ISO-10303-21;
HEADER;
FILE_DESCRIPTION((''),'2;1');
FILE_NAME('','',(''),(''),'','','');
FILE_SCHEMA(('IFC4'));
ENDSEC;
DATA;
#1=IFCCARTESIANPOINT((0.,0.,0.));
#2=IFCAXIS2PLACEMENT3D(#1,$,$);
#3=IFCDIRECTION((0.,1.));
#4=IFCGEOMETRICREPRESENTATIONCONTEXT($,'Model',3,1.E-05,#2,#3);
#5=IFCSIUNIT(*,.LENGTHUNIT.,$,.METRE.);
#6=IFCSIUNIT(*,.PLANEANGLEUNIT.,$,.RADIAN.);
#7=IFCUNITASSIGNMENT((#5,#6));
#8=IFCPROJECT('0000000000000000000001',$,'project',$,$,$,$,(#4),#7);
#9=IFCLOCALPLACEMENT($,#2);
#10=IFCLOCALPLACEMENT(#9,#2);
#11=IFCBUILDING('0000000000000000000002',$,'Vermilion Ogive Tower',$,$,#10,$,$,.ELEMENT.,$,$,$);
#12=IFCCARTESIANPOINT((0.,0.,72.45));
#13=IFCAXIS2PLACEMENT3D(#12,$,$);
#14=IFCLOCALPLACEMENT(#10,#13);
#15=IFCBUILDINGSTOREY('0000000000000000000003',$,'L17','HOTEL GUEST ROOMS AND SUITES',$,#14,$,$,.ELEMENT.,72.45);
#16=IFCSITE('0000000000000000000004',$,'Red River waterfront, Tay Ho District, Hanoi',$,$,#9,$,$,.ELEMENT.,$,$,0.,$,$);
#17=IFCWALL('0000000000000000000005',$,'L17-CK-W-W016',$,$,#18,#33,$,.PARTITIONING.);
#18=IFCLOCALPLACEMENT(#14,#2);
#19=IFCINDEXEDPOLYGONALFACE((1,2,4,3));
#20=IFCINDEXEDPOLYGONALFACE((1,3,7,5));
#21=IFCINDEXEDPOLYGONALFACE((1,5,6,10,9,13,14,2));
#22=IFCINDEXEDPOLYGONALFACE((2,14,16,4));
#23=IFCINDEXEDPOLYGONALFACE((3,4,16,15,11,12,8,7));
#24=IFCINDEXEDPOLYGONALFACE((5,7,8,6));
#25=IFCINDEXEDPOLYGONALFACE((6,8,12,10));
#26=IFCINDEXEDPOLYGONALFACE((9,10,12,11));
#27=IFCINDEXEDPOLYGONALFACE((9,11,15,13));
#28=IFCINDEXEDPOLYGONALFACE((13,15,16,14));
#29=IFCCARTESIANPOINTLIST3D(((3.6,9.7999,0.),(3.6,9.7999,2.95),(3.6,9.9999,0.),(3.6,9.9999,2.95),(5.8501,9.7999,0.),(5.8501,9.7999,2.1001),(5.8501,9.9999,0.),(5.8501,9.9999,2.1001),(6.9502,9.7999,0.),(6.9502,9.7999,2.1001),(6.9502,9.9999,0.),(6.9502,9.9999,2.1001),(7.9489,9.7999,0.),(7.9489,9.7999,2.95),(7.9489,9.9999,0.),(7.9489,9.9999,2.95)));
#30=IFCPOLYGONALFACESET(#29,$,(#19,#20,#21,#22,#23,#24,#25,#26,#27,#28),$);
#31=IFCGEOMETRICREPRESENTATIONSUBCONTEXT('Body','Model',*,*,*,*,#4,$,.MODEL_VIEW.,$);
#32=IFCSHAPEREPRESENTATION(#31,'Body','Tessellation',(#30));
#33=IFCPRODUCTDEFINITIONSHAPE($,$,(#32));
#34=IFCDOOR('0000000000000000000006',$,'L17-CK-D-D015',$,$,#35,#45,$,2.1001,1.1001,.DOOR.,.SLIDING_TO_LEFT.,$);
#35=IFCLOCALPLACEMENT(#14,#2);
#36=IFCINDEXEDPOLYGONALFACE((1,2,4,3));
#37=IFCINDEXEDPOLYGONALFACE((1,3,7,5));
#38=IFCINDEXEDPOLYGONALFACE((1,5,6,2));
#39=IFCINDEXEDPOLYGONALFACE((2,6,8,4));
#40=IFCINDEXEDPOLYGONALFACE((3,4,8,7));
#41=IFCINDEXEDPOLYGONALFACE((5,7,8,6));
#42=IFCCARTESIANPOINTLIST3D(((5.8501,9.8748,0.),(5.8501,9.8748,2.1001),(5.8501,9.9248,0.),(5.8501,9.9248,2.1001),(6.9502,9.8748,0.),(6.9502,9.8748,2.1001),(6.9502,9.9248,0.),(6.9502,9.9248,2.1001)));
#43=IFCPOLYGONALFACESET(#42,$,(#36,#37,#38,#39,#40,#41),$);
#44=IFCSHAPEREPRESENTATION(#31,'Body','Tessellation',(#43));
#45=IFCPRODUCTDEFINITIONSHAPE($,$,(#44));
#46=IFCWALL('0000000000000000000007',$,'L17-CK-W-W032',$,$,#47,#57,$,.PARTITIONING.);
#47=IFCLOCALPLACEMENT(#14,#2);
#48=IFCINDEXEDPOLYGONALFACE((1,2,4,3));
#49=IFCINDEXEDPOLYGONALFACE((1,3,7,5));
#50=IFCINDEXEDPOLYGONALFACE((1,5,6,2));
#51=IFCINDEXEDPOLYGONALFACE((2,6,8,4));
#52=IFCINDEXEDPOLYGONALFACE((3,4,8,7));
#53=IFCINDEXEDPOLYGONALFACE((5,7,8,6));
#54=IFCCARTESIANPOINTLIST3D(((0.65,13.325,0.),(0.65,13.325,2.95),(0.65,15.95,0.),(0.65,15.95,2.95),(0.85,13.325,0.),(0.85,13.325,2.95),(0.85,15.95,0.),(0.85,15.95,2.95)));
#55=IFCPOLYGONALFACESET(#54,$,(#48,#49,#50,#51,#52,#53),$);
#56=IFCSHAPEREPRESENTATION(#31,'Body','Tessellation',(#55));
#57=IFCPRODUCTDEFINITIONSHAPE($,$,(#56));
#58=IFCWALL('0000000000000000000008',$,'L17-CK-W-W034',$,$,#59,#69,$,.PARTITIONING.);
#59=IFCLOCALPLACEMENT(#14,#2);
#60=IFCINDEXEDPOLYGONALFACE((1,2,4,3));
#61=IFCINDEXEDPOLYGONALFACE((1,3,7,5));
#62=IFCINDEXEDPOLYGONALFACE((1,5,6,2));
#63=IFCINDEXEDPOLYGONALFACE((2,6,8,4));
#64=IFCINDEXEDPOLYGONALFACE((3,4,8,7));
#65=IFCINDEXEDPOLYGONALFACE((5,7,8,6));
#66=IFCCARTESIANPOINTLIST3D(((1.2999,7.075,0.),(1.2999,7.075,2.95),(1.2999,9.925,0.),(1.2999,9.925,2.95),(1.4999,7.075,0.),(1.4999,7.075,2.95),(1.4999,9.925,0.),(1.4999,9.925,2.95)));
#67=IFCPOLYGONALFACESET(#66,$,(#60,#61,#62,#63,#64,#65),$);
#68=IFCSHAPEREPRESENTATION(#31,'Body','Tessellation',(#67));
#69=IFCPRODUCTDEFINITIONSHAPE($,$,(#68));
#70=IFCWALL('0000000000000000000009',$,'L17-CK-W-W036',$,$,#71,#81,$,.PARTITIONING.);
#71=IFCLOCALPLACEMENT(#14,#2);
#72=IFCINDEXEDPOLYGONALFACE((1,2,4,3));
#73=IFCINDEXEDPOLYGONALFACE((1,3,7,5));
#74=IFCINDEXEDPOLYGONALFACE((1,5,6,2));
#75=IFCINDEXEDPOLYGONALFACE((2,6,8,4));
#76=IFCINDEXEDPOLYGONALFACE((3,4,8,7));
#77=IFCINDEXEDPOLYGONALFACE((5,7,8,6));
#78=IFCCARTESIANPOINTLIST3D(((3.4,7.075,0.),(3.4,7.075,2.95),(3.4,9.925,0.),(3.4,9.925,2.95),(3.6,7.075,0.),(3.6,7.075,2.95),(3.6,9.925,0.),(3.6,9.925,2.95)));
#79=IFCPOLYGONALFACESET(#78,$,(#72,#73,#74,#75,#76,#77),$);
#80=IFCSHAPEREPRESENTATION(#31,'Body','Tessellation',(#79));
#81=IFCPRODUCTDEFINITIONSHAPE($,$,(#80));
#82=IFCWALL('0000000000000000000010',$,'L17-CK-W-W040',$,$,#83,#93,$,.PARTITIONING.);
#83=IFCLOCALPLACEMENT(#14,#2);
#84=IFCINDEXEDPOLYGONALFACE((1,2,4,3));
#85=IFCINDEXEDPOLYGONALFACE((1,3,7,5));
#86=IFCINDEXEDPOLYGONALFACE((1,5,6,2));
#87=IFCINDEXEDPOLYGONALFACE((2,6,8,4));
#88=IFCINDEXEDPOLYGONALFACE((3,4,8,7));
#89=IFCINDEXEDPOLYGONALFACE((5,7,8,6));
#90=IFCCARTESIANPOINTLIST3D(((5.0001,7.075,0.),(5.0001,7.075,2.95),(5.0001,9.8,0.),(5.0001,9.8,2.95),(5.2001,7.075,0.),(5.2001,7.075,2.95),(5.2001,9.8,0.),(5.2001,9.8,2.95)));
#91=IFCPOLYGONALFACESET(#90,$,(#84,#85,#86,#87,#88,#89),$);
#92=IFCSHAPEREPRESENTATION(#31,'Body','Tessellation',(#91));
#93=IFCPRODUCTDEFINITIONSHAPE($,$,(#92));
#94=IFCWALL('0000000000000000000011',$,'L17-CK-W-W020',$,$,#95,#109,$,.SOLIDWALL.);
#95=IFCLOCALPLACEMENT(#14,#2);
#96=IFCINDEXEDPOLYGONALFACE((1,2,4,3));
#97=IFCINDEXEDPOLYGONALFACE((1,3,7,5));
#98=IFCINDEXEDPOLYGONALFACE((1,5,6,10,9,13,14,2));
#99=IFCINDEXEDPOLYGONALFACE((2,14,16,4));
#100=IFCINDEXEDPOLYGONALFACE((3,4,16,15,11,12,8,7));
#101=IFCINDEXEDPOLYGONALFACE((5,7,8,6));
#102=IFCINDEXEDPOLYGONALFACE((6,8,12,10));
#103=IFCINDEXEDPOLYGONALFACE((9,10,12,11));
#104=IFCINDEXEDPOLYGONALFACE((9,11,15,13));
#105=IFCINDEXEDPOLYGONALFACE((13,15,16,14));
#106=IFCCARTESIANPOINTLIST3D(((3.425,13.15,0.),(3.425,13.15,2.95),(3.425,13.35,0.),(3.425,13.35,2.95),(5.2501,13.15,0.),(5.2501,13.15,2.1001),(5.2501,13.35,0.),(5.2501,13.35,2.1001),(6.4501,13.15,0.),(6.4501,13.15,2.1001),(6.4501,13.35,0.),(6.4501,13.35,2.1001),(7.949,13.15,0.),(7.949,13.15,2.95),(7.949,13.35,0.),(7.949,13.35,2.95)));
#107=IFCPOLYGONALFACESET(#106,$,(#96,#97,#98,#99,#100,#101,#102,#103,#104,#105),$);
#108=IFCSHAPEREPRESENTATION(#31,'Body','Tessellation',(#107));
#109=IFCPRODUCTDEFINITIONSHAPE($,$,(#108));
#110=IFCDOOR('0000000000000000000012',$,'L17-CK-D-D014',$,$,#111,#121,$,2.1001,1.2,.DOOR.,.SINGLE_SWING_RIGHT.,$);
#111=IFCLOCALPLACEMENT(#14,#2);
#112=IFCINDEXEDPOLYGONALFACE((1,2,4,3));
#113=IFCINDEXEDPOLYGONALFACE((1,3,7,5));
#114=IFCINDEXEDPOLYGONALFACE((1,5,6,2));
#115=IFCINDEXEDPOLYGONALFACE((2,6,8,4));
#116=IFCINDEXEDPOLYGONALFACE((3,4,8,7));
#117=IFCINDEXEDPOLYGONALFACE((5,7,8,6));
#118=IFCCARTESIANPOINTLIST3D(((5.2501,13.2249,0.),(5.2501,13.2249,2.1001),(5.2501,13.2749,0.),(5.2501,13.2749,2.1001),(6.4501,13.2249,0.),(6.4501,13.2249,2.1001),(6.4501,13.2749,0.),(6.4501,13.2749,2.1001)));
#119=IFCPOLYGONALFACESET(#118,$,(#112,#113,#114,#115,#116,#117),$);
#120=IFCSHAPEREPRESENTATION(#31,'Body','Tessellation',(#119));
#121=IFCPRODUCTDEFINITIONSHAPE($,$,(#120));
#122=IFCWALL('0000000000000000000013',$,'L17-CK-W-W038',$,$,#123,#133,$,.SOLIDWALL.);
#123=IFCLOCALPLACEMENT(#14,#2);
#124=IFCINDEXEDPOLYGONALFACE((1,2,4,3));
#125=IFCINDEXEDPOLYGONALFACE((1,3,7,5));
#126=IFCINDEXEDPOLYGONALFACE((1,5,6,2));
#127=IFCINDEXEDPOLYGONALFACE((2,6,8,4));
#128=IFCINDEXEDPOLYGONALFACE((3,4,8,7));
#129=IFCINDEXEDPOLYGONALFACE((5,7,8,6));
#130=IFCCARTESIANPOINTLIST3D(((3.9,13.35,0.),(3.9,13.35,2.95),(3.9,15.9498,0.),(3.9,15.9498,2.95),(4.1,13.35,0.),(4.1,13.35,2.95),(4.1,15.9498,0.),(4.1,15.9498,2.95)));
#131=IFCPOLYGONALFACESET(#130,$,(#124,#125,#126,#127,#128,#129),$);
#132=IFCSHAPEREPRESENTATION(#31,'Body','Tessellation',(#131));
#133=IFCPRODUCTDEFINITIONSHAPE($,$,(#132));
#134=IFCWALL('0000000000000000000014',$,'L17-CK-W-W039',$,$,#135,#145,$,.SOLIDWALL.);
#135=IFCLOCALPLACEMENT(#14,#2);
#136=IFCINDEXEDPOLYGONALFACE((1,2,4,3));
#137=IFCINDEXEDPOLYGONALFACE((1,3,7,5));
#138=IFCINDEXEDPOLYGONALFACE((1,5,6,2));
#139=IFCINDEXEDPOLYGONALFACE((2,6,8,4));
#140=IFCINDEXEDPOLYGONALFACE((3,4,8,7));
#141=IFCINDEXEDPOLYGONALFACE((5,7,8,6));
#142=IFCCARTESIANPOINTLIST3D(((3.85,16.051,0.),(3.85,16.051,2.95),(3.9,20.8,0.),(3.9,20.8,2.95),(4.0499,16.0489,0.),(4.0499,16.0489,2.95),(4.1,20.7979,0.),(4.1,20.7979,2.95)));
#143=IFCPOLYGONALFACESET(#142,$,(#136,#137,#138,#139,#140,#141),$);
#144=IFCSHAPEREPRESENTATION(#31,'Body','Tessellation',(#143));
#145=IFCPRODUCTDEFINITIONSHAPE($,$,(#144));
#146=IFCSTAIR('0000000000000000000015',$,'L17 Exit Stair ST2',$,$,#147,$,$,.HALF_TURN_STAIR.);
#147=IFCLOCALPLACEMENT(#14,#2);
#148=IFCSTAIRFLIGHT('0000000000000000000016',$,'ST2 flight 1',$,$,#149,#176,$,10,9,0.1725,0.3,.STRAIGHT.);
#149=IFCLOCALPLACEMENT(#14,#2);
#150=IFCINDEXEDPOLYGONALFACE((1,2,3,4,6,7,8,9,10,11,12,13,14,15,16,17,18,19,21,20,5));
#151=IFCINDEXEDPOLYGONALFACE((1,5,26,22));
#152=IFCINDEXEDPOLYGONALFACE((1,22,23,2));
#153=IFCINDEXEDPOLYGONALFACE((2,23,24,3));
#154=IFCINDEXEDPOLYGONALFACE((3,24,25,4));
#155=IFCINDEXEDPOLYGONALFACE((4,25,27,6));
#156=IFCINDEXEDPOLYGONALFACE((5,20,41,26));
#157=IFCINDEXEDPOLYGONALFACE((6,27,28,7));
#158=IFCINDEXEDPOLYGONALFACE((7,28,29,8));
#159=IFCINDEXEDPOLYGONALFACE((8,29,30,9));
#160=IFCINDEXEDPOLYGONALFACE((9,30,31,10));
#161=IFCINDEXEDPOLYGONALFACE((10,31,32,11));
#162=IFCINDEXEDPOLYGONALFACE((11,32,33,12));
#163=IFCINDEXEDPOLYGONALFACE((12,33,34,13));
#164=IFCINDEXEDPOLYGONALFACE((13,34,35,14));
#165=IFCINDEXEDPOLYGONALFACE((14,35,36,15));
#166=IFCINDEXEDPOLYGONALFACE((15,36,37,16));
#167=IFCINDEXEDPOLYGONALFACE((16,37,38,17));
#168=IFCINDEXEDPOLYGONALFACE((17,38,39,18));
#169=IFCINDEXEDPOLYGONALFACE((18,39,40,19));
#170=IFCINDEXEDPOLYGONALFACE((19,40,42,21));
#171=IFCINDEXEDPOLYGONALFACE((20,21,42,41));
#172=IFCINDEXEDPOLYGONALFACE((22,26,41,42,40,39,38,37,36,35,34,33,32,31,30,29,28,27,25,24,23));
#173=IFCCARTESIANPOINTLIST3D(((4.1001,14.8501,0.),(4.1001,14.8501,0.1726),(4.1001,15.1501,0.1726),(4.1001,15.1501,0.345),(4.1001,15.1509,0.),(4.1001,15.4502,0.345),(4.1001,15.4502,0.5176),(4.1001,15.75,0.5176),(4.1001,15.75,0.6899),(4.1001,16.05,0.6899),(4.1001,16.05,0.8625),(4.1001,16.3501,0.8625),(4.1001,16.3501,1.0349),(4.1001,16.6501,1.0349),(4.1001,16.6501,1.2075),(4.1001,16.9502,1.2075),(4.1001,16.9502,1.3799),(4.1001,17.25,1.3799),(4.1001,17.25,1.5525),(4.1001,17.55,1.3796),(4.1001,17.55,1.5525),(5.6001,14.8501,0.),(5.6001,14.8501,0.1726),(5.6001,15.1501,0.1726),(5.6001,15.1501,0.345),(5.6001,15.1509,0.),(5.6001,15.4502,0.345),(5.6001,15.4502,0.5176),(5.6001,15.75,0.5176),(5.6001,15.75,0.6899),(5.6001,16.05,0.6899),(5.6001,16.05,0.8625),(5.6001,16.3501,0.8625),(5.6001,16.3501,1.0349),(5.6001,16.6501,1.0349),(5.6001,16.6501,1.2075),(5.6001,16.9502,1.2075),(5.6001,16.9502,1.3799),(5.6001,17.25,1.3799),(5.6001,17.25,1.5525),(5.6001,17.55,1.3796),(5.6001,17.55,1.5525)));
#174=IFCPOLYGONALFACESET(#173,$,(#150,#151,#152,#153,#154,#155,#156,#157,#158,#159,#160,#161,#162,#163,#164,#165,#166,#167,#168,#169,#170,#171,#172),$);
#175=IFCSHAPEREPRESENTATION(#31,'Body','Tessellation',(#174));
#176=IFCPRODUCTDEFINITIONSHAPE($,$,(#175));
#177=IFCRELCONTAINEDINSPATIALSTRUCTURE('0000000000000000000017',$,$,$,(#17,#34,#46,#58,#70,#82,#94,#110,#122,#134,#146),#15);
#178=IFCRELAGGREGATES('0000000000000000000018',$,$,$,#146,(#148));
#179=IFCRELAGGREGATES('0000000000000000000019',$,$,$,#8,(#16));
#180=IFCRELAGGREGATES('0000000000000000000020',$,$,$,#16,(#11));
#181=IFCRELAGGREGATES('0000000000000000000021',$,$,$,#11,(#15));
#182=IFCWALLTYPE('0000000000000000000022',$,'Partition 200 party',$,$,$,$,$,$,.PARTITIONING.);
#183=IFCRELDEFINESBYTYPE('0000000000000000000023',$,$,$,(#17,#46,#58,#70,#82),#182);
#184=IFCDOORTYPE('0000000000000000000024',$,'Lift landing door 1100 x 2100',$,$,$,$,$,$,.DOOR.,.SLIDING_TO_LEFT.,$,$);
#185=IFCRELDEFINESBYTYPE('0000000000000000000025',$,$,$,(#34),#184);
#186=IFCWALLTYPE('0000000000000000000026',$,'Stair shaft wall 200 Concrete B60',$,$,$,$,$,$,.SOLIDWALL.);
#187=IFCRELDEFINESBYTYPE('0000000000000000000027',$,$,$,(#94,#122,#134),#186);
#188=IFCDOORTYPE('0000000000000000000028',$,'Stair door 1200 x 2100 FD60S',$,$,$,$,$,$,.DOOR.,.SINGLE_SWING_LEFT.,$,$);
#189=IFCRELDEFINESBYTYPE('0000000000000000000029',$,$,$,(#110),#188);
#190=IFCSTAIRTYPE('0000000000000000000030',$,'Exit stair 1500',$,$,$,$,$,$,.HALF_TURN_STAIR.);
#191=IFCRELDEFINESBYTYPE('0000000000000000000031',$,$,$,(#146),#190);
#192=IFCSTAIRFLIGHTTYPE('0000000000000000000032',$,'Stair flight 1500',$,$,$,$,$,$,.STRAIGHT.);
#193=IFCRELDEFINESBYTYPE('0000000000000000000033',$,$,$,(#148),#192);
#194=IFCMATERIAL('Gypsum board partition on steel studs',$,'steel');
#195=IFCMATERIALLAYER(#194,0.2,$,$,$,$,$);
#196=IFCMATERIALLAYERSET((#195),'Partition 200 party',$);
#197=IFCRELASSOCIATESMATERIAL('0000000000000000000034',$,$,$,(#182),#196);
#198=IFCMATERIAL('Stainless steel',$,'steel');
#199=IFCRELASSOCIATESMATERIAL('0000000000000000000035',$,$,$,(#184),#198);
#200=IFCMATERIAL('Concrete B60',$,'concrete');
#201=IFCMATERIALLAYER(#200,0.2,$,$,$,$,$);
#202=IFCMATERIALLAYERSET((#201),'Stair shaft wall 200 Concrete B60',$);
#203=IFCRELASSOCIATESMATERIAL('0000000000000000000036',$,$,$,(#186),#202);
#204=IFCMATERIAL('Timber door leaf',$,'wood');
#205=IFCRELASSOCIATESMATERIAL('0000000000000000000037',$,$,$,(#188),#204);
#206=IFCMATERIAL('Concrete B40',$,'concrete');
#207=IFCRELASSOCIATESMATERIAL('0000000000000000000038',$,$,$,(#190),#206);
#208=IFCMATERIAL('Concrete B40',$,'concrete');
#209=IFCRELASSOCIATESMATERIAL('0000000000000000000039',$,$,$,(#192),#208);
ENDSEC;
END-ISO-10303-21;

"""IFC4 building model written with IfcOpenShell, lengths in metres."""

from ifc_helpers import new_model, si_unit, direction, frame, frame_2d, origin, place, context, subcontext, project, spatial, polyline, rectangle, outline, extrude, material, layer, layer_set, type_object, element, fill, aggregate, save


model = new_model("IFC4")

# Units and contexts
model_context = context("Model", 3, precision=1e-05, world=origin(), true_north=direction((0.0, 1.0)))
body_context = subcontext(model_context, "Body", "Model", "MODEL_VIEW")
ifc_project = project(units=[si_unit("LENGTHUNIT", "METRE"), si_unit("PLANEANGLEUNIT", "RADIAN")], contexts=[model_context])

# Site, building, storey
site_placement = place(None, origin())
site = spatial("IfcSite", under=ifc_project, at=site_placement, Name="Red River waterfront, Tay Ho District, Hanoi", CompositionType="ELEMENT", RefElevation=0.0)
building_placement = place(site_placement, origin())
building = spatial("IfcBuilding", under=site, at=building_placement, Name="Vermilion Ogive Tower", CompositionType="ELEMENT")
storey_placement = place(building_placement, frame((0.0, 0.0, 72.45)))
storey = spatial("IfcBuildingStorey", under=building, at=storey_placement, Name="L17", Description="HOTEL GUEST ROOMS AND SUITES", CompositionType="ELEMENT", Elevation=72.45)

# Shared definitions
ifc_material_1 = material(Name="Gypsum board partition on steel studs", Category="steel")
ifc_layer_1 = layer(ifc_material_1, 0.2)
ifc_layer_set_1 = layer_set([ifc_layer_1], Name="Partition 200 party")
wall_type_1 = type_object("IfcWallType", Name="Partition 200 party", PredefinedType="PARTITIONING", material=ifc_layer_set_1)

# Wall, opening, door
wall_1_placement = place(storey_placement, frame((3.6001, 9.8999, 0.0), z_axis=(0.0, 0.0, 1.0), x_axis=(1.0, 0.0, 0.0)))
wall_1 = element("IfcWall", 1, at=wall_1_placement, inside=storey, type_object=wall_type_1, Name="L17-CK-W-W016", PredefinedType="PARTITIONING", context=body_context, shape_type="SweptSolid", body=[
    extrude(rectangle(XDim=4.3489, YDim=0.2, at=frame_2d((2.1743, 0.0))), origin(), (0.0, 0.0, 1.0), 2.95),
])
opening_1_placement = place(wall_1_placement, frame((2.25, 0.0, 0.0)))
opening_1 = element("IfcOpeningElement", 2, at=opening_1_placement, cuts=wall_1, PredefinedType="OPENING", context=body_context, shape_type="SweptSolid", body=[
    extrude(rectangle(XDim=1.1001, YDim=2.1001, at=frame_2d((0.55, 1.05))), frame((0.0, 0.1099, 0.0), z_axis=(0.0, -1.0, 0.0), x_axis=(1.0, 0.0, 0.0)), (0.0, 0.0, 1.0), 0.22),
])
ifc_material_2 = material(Name="Stainless steel", Category="steel")
door_type_1 = type_object("IfcDoorType", Name="Lift landing door 1100 x 2100", OperationType="SLIDING_TO_LEFT", PredefinedType="DOOR", material=ifc_material_2)
door_1_placement = place(opening_1_placement, origin())
door_1 = element("IfcDoor", 3, at=door_1_placement, inside=storey, type_object=door_type_1, Name="L17-CK-D-D015", OperationType="SLIDING_TO_LEFT", OverallHeight=2.1001, OverallWidth=1.1001, PredefinedType="DOOR", context=body_context, shape_type="SweptSolid", body=[
    extrude(rectangle(XDim=1.1001, YDim=2.1001, at=frame_2d((0.55, 1.05))), frame((0.0, 0.0249, 0.0), z_axis=(0.0, -1.0, 0.0), x_axis=(1.0, 0.0, 0.0)), (0.0, 0.0, 1.0), 0.05),
])
fill(opening_1, door_1)

# Walls
wall_2_placement = place(storey_placement, frame((0.75, 13.325, 0.0), z_axis=(0.0, 0.0, 1.0), x_axis=(0.0, 1.0, 0.0)))
element("IfcWall", 4, at=wall_2_placement, inside=storey, type_object=wall_type_1, Name="L17-CK-W-W032", PredefinedType="PARTITIONING", context=body_context, shape_type="SweptSolid", body=[
    extrude(rectangle(XDim=2.625, YDim=0.2, at=frame_2d((1.3125, 0.0))), origin(), (0.0, 0.0, 1.0), 2.95),
])
for number, where, z_axis, x_axis, name in (
    (5, (1.3999, 7.075, 0.0), (0.0, 0.0, 1.0), (0.0, 1.0, 0.0), "L17-CK-W-W034"),
    (6, (3.5, 7.075, 0.0), (0.0, 0.0, 1.0), (0.0, 1.0, 0.0), "L17-CK-W-W036"),
):
    element("IfcWall", number, at=place(storey_placement, frame(where, z_axis=z_axis, x_axis=x_axis)), inside=storey, type_object=wall_type_1, Name=name, PredefinedType="PARTITIONING", context=body_context, shape_type="SweptSolid", body=[
        extrude(rectangle(XDim=2.8501, YDim=0.2, at=frame_2d((1.425, 0.0))), origin(), (0.0, 0.0, 1.0), 2.95),
    ])
wall_3_placement = place(storey_placement, frame((5.1001, 7.075, 0.0), z_axis=(0.0, 0.0, 1.0), x_axis=(0.0, 1.0, 0.0)))
element("IfcWall", 7, at=wall_3_placement, inside=storey, type_object=wall_type_1, Name="L17-CK-W-W040", PredefinedType="PARTITIONING", context=body_context, shape_type="SweptSolid", body=[
    extrude(rectangle(XDim=2.7251, YDim=0.2, at=frame_2d((1.3625, 0.0))), origin(), (0.0, 0.0, 1.0), 2.95),
])

# Wall, opening, door
ifc_material_3 = material(Name="Concrete B60", Category="concrete")
ifc_layer_2 = layer(ifc_material_3, 0.2)
ifc_layer_set_2 = layer_set([ifc_layer_2], Name="Stair shaft wall 200 Concrete B60")
wall_type_2 = type_object("IfcWallType", Name="Stair shaft wall 200 Concrete B60", PredefinedType="SOLIDWALL", material=ifc_layer_set_2)
wall_4_placement = place(storey_placement, frame((3.425, 13.25, 0.0), z_axis=(0.0, 0.0, 1.0), x_axis=(1.0, 0.0, 0.0)))
wall_4 = element("IfcWall", 8, at=wall_4_placement, inside=storey, type_object=wall_type_2, Name="L17-CK-W-W020", PredefinedType="SOLIDWALL", context=body_context, shape_type="SweptSolid", body=[
    extrude(rectangle(XDim=4.5239, YDim=0.2, at=frame_2d((2.262, 0.0))), origin(), (0.0, 0.0, 1.0), 2.95),
])
opening_2_placement = place(wall_4_placement, frame((1.825, 0.0, 0.0)))
opening_2 = element("IfcOpeningElement", 9, at=opening_2_placement, cuts=wall_4, PredefinedType="OPENING", context=body_context, shape_type="SweptSolid", body=[
    extrude(rectangle(XDim=1.2, YDim=2.1001, at=frame_2d((0.6001, 1.05))), frame((0.0, 0.1099, 0.0), z_axis=(0.0, -1.0, 0.0), x_axis=(1.0, 0.0, 0.0)), (0.0, 0.0, 1.0), 0.22),
])
ifc_material_4 = material(Name="Timber door leaf", Category="wood")
door_type_2 = type_object("IfcDoorType", Name="Stair door 1200 x 2100 FD60S", OperationType="SINGLE_SWING_LEFT", PredefinedType="DOOR", material=ifc_material_4)
door_2_placement = place(opening_2_placement, origin())
door_2 = element("IfcDoor", 10, at=door_2_placement, inside=storey, type_object=door_type_2, Name="L17-CK-D-D014", OperationType="SINGLE_SWING_RIGHT", OverallHeight=2.1001, OverallWidth=1.2, PredefinedType="DOOR", context=body_context, shape_type="SweptSolid", body=[
    extrude(rectangle(XDim=1.2, YDim=2.1001, at=frame_2d((0.6001, 1.05))), frame((0.0, 0.0249, 0.0), z_axis=(0.0, -1.0, 0.0), x_axis=(1.0, 0.0, 0.0)), (0.0, 0.0, 1.0), 0.05),
])
fill(opening_2, door_2)

# Walls
wall_5_placement = place(storey_placement, frame((4.0, 13.3501, 0.0), z_axis=(0.0, 0.0, 1.0), x_axis=(0.0, 1.0, 0.0)))
element("IfcWall", 11, at=wall_5_placement, inside=storey, type_object=wall_type_2, Name="L17-CK-W-W038", PredefinedType="SOLIDWALL", context=body_context, shape_type="SweptSolid", body=[
    extrude(rectangle(XDim=2.5999, YDim=0.2, at=frame_2d((1.2998, 0.0))), origin(), (0.0, 0.0, 1.0), 2.95),
])
wall_6_placement = place(storey_placement, frame((3.95, 16.05, 0.0), z_axis=(0.0, 0.0, 1.0), x_axis=(0.010538, 0.999944, 0.0)))
element("IfcWall", 12, at=wall_6_placement, inside=storey, type_object=wall_type_2, Name="L17-CK-W-W039", PredefinedType="SOLIDWALL", context=body_context, shape_type="SweptSolid", body=[
    extrude(rectangle(XDim=4.7493, YDim=0.2, at=frame_2d((2.3745, 0.0))), origin(), (0.0, 0.0, 1.0), 2.95),
])

# Stair, stair flight
ifc_material_5 = material(Name="Concrete B40", Category="concrete")
stair_type = type_object("IfcStairType", Name="Exit stair 1500", PredefinedType="HALF_TURN_STAIR", material=ifc_material_5)
stair_placement = place(storey_placement, origin())
stair = element("IfcStair", 13, at=stair_placement, inside=storey, type_object=stair_type, Name="L17 Exit Stair ST2", PredefinedType="HALF_TURN_STAIR")
ifc_material_6 = material(Name="Concrete B40", Category="concrete")
stair_flight_type = type_object("IfcStairFlightType", Name="Stair flight 1500", PredefinedType="STRAIGHT", material=ifc_material_6)
stair_flight_1_placement = place(storey_placement, frame((4.8501, 14.8501, 0.0), z_axis=(0.0, 0.0, 1.0), x_axis=(0.0, 1.0, 0.0)))
stair_flight_1 = element("IfcStairFlight", 14, at=stair_flight_1_placement, type_object=stair_flight_type, Name="ST2 flight 1", NumberOfRisers=10, NumberOfTreads=9, PredefinedType="STRAIGHT", RiserHeight=0.1725, TreadLength=0.3, context=body_context, shape_type="SweptSolid", body=[
    extrude(outline(polyline([(0.0, 0.0), (0.0, 0.1726), (0.3, 0.1726), (0.3, 0.345), (0.6001, 0.345), (0.6001, 0.5176), (0.8999, 0.5176), (0.8999, 0.6899), (1.2, 0.6899), (1.2, 0.8625), (1.5, 0.8625), (1.5, 1.0349), (1.8, 1.0349), (1.8, 1.2075), (2.1001, 1.2075), (2.1001, 1.3799), (2.3999, 1.3799), (2.3999, 1.5525), (2.7, 1.5525), (2.7, 1.7251), (2.7, 1.3796), (0.3008, 0.0), (0.0, 0.0)])), frame((0.0, 0.75, 0.0), z_axis=(0.0, -1.0, 0.0), x_axis=(1.0, 0.0, 0.0)), (0.0, 0.0, 1.0), 1.5),
])
aggregate(stair, [stair_flight_1])

save(model, "model.ifc")
